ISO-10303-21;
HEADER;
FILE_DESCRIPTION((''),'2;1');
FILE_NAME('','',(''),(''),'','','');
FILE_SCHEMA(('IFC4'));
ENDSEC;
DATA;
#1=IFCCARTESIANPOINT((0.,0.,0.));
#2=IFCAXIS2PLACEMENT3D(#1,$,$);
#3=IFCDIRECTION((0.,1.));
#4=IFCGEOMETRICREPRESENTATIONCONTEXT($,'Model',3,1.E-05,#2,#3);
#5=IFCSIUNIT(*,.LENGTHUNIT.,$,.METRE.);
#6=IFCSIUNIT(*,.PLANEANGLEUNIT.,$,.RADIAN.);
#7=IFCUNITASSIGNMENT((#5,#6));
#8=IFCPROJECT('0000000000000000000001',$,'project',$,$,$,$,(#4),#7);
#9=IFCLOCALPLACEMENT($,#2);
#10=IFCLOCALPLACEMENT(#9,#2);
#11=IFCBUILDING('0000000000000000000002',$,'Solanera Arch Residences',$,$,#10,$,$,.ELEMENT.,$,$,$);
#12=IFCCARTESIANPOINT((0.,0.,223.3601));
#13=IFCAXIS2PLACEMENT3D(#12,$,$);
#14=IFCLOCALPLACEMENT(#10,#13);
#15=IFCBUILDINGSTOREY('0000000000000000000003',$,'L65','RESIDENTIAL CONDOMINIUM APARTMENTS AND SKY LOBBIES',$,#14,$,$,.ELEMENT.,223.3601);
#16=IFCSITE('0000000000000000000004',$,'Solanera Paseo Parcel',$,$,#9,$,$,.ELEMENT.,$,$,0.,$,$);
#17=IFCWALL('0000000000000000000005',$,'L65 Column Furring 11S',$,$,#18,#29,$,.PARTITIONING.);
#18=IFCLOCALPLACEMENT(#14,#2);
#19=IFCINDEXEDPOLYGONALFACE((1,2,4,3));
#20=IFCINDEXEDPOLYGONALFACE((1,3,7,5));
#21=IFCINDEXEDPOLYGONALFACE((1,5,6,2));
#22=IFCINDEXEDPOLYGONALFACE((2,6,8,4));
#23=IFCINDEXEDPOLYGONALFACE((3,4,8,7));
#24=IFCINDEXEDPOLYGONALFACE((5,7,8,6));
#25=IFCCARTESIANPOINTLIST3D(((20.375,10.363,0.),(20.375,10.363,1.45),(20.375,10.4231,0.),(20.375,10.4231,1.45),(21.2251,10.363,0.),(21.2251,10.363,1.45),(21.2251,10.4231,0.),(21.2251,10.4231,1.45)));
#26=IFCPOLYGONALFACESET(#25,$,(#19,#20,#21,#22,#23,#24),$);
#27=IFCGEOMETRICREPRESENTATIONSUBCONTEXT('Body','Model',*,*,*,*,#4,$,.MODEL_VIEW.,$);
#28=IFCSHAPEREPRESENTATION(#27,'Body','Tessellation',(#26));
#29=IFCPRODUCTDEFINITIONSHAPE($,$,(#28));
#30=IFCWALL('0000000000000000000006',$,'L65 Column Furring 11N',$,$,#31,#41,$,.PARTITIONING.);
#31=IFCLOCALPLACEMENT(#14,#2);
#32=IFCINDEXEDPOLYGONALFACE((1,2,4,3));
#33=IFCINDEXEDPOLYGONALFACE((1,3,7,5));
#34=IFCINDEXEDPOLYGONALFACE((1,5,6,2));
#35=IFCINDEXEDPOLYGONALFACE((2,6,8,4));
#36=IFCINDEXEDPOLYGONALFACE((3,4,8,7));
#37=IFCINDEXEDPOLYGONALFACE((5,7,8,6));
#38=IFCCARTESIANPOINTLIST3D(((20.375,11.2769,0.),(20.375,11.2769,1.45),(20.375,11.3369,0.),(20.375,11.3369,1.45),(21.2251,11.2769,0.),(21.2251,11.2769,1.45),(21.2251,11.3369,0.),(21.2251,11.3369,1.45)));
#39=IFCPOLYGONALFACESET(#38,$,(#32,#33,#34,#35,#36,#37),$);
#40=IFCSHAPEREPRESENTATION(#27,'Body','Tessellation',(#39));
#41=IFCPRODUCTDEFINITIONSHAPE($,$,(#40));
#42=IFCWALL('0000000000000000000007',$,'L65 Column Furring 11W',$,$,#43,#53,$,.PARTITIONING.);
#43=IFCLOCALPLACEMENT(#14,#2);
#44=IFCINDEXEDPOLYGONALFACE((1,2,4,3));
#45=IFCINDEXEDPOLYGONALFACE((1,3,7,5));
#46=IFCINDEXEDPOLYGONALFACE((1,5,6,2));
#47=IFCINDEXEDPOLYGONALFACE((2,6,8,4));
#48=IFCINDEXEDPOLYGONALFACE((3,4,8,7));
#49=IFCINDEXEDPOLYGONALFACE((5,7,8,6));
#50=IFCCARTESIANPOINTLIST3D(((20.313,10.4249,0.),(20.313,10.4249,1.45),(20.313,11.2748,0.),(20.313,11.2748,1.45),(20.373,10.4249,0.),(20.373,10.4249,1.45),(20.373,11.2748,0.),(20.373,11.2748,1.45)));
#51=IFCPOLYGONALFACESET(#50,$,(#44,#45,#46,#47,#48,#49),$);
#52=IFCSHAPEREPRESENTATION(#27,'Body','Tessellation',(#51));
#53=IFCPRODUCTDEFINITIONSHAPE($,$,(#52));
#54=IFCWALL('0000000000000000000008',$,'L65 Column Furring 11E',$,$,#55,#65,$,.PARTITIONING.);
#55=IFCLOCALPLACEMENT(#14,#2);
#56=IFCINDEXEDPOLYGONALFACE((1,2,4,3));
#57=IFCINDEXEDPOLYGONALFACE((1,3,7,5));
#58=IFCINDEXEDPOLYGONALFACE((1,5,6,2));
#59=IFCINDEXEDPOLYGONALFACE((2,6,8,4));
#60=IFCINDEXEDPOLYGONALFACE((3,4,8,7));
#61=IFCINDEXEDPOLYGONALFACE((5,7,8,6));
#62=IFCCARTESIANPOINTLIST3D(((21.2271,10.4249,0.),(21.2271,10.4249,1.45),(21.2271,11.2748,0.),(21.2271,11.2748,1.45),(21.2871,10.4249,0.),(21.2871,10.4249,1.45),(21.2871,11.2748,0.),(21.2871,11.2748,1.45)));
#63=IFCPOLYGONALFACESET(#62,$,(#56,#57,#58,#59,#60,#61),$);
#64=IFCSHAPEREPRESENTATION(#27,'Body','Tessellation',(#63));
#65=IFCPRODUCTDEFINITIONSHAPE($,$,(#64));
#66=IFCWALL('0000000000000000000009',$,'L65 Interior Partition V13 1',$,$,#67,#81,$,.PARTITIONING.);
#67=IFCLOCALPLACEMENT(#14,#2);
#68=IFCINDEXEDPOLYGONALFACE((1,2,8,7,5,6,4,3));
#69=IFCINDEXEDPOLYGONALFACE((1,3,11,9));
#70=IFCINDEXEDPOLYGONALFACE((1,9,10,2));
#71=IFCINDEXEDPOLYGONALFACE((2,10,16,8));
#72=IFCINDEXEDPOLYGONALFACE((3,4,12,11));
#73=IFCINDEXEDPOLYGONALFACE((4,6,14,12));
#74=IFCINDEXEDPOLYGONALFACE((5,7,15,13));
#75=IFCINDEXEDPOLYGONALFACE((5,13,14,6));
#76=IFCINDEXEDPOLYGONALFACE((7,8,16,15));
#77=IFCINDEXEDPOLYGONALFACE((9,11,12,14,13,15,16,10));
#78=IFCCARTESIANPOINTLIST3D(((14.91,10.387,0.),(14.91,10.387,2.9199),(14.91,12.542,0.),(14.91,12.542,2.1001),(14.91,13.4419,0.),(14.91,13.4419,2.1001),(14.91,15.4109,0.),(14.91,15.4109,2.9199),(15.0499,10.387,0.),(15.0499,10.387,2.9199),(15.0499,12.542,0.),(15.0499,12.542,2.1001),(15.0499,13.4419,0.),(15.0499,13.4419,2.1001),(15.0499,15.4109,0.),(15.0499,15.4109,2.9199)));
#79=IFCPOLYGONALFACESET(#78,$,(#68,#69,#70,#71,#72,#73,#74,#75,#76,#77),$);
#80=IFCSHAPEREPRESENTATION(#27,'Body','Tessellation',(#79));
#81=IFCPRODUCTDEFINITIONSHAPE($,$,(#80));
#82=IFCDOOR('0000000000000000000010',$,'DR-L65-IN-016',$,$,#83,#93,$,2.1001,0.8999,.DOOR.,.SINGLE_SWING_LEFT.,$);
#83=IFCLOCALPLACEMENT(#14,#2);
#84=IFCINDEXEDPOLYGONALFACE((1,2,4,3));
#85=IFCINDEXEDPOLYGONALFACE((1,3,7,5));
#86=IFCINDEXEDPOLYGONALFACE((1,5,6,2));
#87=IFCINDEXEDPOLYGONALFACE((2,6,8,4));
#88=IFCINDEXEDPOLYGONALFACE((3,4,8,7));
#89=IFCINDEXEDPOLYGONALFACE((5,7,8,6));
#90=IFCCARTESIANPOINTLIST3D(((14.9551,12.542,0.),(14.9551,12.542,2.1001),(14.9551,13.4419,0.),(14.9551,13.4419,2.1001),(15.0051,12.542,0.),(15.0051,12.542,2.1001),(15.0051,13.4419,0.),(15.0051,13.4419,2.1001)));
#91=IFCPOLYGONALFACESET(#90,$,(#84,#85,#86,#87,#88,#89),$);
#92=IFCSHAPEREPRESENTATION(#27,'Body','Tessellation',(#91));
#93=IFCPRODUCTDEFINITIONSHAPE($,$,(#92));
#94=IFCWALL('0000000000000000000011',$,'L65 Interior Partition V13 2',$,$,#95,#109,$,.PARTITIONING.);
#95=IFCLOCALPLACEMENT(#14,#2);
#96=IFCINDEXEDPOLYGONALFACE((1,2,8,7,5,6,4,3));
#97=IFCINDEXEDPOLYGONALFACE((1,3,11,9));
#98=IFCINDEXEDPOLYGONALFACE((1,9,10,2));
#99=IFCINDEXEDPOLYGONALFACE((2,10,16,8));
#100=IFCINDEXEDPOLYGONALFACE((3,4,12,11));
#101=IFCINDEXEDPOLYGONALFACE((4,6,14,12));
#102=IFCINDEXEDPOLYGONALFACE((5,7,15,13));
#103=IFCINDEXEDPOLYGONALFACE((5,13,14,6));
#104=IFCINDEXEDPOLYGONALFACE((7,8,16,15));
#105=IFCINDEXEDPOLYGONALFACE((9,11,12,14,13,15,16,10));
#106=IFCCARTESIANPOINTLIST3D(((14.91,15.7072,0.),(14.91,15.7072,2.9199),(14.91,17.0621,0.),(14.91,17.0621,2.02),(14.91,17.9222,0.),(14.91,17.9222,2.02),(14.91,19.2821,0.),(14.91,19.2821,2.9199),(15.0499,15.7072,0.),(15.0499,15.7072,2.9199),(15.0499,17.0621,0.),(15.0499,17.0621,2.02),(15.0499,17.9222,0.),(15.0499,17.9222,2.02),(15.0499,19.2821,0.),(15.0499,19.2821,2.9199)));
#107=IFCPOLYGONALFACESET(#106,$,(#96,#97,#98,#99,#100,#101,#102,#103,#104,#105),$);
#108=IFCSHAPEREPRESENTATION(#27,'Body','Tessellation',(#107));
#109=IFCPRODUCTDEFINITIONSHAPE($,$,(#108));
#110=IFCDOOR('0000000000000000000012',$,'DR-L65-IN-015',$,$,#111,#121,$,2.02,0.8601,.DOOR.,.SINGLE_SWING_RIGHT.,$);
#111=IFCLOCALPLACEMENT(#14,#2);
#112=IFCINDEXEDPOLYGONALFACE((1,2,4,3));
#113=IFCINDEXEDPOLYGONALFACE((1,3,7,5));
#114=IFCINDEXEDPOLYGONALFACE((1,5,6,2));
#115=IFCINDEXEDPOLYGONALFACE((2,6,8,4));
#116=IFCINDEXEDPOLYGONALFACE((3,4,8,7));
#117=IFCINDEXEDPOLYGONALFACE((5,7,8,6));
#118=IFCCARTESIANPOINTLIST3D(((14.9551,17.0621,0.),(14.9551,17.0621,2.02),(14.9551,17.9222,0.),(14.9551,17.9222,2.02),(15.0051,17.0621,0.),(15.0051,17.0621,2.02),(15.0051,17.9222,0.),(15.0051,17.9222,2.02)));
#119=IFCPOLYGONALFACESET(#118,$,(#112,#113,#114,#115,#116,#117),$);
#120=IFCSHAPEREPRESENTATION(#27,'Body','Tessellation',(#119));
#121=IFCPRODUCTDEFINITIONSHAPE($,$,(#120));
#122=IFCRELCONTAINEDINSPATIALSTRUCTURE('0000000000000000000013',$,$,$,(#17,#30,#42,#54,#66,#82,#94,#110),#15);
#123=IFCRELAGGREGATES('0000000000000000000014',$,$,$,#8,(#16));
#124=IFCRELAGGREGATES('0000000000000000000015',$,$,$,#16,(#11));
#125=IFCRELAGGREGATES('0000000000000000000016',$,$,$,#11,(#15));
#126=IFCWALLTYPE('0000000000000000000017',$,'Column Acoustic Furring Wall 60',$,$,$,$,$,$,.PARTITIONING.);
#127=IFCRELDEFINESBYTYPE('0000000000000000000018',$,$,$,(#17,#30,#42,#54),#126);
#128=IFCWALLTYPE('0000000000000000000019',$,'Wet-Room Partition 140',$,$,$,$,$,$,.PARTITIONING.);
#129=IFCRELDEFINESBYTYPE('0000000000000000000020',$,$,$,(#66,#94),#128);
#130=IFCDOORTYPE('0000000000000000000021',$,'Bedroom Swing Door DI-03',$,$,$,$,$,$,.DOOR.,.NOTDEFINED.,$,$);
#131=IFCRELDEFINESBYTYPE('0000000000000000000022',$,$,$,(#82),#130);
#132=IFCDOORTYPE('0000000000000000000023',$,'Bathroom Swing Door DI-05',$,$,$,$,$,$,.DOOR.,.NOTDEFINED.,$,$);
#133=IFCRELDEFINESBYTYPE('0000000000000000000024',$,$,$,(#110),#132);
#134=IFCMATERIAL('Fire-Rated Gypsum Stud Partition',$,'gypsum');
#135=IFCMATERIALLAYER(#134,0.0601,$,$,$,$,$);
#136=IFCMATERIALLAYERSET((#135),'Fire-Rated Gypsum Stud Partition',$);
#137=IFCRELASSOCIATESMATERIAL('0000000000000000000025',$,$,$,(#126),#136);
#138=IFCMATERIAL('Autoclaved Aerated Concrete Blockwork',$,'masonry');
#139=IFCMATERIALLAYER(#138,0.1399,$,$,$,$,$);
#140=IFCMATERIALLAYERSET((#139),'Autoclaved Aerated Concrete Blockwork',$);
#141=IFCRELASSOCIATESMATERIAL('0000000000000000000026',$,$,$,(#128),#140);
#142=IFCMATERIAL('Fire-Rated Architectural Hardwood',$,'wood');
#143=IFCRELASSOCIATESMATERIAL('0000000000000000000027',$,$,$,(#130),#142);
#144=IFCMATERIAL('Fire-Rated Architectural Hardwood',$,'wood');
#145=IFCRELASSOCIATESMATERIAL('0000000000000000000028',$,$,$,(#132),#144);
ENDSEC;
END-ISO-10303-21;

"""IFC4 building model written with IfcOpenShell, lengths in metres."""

from ifc_helpers import new_model, si_unit, direction, frame, frame_2d, origin, place, context, subcontext, project, spatial, rectangle, extrude, material, layer, layer_set, type_object, element, fill, save


model = new_model("IFC4")

# Units and contexts
model_context = context("Model", 3, precision=1e-05, world=origin(), true_north=direction((0.0, 1.0)))
body_context = subcontext(model_context, "Body", "Model", "MODEL_VIEW")
ifc_project = project(units=[si_unit("LENGTHUNIT", "METRE"), si_unit("PLANEANGLEUNIT", "RADIAN")], contexts=[model_context])

# Site, building, storey
site_placement = place(None, origin())
site = spatial("IfcSite", under=ifc_project, at=site_placement, Name="Solanera Paseo Parcel", CompositionType="ELEMENT", RefElevation=0.0)
building_placement = place(site_placement, origin())
building = spatial("IfcBuilding", under=site, at=building_placement, Name="Solanera Arch Residences", CompositionType="ELEMENT")
storey_placement = place(building_placement, frame((0.0, 0.0, 223.3601)))
storey = spatial("IfcBuildingStorey", under=building, at=storey_placement, Name="L65", Description="RESIDENTIAL CONDOMINIUM APARTMENTS AND SKY LOBBIES", CompositionType="ELEMENT", Elevation=223.3601)

# Walls
ifc_material_1 = material(Name="Fire-Rated Gypsum Stud Partition", Category="gypsum")
ifc_layer_1 = layer(ifc_material_1, 0.0601)
ifc_layer_set_1 = layer_set([ifc_layer_1], Name="Fire-Rated Gypsum Stud Partition")
wall_type_1 = type_object("IfcWallType", Name="Column Acoustic Furring Wall 60", PredefinedType="PARTITIONING", material=ifc_layer_set_1)
for number, where, z_axis, x_axis, name in (
    (1, (20.375, 10.3931, 0.0), (0.0, 0.0, 1.0), (1.0, 0.0, 0.0), "L65 Column Furring 11S"),
    (2, (20.375, 11.3069, 0.0), (0.0, 0.0, 1.0), (1.0, 0.0, 0.0), "L65 Column Furring 11N"),
):
    element("IfcWall", number, at=place(storey_placement, frame(where, z_axis=z_axis, x_axis=x_axis)), inside=storey, type_object=wall_type_1, Name=name, PredefinedType="PARTITIONING", context=body_context, shape_type="SweptSolid", body=[
        extrude(rectangle(XDim=0.8501, YDim=0.0601, at=frame_2d((0.425, 0.0))), origin(), (0.0, 0.0, 1.0), 1.45),
    ])
for number, where, z_axis, x_axis, name in (
    (3, (20.343, 10.425, 0.0), (0.0, 0.0, 1.0), (0.0, 1.0, 0.0), "L65 Column Furring 11W"),
    (4, (21.2571, 10.425, 0.0), (0.0, 0.0, 1.0), (0.0, 1.0, 0.0), "L65 Column Furring 11E"),
):
    element("IfcWall", number, at=place(storey_placement, frame(where, z_axis=z_axis, x_axis=x_axis)), inside=storey, type_object=wall_type_1, Name=name, PredefinedType="PARTITIONING", context=body_context, shape_type="SweptSolid", body=[
        extrude(rectangle(XDim=0.8499, YDim=0.0601, at=frame_2d((0.4248, 0.0))), origin(), (0.0, 0.0, 1.0), 1.45),
    ])

# Walls, openings, doors
ifc_material_2 = material(Name="Autoclaved Aerated Concrete Blockwork", Category="masonry")
ifc_layer_2 = layer(ifc_material_2, 0.1399)
ifc_layer_set_2 = layer_set([ifc_layer_2], Name="Autoclaved Aerated Concrete Blockwork")
wall_type_2 = type_object("IfcWallType", Name="Wet-Room Partition 140", PredefinedType="PARTITIONING", material=ifc_layer_set_2)
wall_1_placement = place(storey_placement, frame((14.98, 10.387, 0.0), z_axis=(0.0, 0.0, 1.0), x_axis=(0.0, 1.0, 0.0)))
wall_1 = element("IfcWall", 5, at=wall_1_placement, inside=storey, type_object=wall_type_2, Name="L65 Interior Partition V13 1", PredefinedType="PARTITIONING", context=body_context, shape_type="SweptSolid", body=[
    extrude(rectangle(XDim=5.0239, YDim=0.1399, at=frame_2d((2.512, 0.0))), origin(), (0.0, 0.0, 1.0), 2.9199),
])
opening_1_placement = place(wall_1_placement, frame((2.155, 0.0, 0.0)))
opening_1 = element("IfcOpeningElement", 6, at=opening_1_placement, cuts=wall_1, PredefinedType="OPENING", context=body_context, shape_type="SweptSolid", body=[
    extrude(rectangle(XDim=0.8999, YDim=2.1001, at=frame_2d((0.45, 1.05))), frame((0.0, 0.0798, 0.0), z_axis=(0.0, -1.0, 0.0), x_axis=(1.0, 0.0, 0.0)), (0.0, 0.0, 1.0), 0.1599),
])
ifc_material_3 = material(Name="Fire-Rated Architectural Hardwood", Category="wood")
door_type_1 = type_object("IfcDoorType", Name="Bedroom Swing Door DI-03", OperationType="NOTDEFINED", PredefinedType="DOOR", material=ifc_material_3)
door_1_placement = place(opening_1_placement, origin())
door_1 = element("IfcDoor", 7, at=door_1_placement, inside=storey, type_object=door_type_1, Name="DR-L65-IN-016", OperationType="SINGLE_SWING_LEFT", OverallHeight=2.1001, OverallWidth=0.8999, PredefinedType="DOOR", context=body_context, shape_type="SweptSolid", body=[
    extrude(rectangle(XDim=0.8999, YDim=2.1001, at=frame_2d((0.45, 1.05))), frame((0.0, 0.0249, 0.0), z_axis=(0.0, -1.0, 0.0), x_axis=(1.0, 0.0, 0.0)), (0.0, 0.0, 1.0), 0.05),
])
fill(opening_1, door_1)
wall_2_placement = place(storey_placement, frame((14.98, 15.707, 0.0), z_axis=(0.0, 0.0, 1.0), x_axis=(0.0, 1.0, 0.0)))
wall_2 = element("IfcWall", 8, at=wall_2_placement, inside=storey, type_object=wall_type_2, Name="L65 Interior Partition V13 2", PredefinedType="PARTITIONING", context=body_context, shape_type="SweptSolid", body=[
    extrude(rectangle(XDim=3.575, YDim=0.1399, at=frame_2d((1.7876, 0.0))), origin(), (0.0, 0.0, 1.0), 2.9199),
])
opening_2_placement = place(wall_2_placement, frame((1.355, 0.0, 0.0)))
opening_2 = element("IfcOpeningElement", 9, at=opening_2_placement, cuts=wall_2, PredefinedType="OPENING", context=body_context, shape_type="SweptSolid", body=[
    extrude(rectangle(XDim=0.8601, YDim=2.02, at=frame_2d((0.4302, 1.01))), frame((0.0, 0.0798, 0.0), z_axis=(0.0, -1.0, 0.0), x_axis=(1.0, 0.0, 0.0)), (0.0, 0.0, 1.0), 0.1599),
])
ifc_material_4 = material(Name="Fire-Rated Architectural Hardwood", Category="wood")
door_type_2 = type_object("IfcDoorType", Name="Bathroom Swing Door DI-05", OperationType="NOTDEFINED", PredefinedType="DOOR", material=ifc_material_4)
door_2_placement = place(opening_2_placement, origin())
door_2 = element("IfcDoor", 10, at=door_2_placement, inside=storey, type_object=door_type_2, Name="DR-L65-IN-015", OperationType="SINGLE_SWING_RIGHT", OverallHeight=2.02, OverallWidth=0.8601, PredefinedType="DOOR", context=body_context, shape_type="SweptSolid", body=[
    extrude(rectangle(XDim=0.8601, YDim=2.02, at=frame_2d((0.4302, 1.01))), frame((0.0, 0.0249, 0.0), z_axis=(0.0, -1.0, 0.0), x_axis=(1.0, 0.0, 0.0)), (0.0, 0.0, 1.0), 0.05),
])
fill(opening_2, door_2)

save(model, "model.ifc")
